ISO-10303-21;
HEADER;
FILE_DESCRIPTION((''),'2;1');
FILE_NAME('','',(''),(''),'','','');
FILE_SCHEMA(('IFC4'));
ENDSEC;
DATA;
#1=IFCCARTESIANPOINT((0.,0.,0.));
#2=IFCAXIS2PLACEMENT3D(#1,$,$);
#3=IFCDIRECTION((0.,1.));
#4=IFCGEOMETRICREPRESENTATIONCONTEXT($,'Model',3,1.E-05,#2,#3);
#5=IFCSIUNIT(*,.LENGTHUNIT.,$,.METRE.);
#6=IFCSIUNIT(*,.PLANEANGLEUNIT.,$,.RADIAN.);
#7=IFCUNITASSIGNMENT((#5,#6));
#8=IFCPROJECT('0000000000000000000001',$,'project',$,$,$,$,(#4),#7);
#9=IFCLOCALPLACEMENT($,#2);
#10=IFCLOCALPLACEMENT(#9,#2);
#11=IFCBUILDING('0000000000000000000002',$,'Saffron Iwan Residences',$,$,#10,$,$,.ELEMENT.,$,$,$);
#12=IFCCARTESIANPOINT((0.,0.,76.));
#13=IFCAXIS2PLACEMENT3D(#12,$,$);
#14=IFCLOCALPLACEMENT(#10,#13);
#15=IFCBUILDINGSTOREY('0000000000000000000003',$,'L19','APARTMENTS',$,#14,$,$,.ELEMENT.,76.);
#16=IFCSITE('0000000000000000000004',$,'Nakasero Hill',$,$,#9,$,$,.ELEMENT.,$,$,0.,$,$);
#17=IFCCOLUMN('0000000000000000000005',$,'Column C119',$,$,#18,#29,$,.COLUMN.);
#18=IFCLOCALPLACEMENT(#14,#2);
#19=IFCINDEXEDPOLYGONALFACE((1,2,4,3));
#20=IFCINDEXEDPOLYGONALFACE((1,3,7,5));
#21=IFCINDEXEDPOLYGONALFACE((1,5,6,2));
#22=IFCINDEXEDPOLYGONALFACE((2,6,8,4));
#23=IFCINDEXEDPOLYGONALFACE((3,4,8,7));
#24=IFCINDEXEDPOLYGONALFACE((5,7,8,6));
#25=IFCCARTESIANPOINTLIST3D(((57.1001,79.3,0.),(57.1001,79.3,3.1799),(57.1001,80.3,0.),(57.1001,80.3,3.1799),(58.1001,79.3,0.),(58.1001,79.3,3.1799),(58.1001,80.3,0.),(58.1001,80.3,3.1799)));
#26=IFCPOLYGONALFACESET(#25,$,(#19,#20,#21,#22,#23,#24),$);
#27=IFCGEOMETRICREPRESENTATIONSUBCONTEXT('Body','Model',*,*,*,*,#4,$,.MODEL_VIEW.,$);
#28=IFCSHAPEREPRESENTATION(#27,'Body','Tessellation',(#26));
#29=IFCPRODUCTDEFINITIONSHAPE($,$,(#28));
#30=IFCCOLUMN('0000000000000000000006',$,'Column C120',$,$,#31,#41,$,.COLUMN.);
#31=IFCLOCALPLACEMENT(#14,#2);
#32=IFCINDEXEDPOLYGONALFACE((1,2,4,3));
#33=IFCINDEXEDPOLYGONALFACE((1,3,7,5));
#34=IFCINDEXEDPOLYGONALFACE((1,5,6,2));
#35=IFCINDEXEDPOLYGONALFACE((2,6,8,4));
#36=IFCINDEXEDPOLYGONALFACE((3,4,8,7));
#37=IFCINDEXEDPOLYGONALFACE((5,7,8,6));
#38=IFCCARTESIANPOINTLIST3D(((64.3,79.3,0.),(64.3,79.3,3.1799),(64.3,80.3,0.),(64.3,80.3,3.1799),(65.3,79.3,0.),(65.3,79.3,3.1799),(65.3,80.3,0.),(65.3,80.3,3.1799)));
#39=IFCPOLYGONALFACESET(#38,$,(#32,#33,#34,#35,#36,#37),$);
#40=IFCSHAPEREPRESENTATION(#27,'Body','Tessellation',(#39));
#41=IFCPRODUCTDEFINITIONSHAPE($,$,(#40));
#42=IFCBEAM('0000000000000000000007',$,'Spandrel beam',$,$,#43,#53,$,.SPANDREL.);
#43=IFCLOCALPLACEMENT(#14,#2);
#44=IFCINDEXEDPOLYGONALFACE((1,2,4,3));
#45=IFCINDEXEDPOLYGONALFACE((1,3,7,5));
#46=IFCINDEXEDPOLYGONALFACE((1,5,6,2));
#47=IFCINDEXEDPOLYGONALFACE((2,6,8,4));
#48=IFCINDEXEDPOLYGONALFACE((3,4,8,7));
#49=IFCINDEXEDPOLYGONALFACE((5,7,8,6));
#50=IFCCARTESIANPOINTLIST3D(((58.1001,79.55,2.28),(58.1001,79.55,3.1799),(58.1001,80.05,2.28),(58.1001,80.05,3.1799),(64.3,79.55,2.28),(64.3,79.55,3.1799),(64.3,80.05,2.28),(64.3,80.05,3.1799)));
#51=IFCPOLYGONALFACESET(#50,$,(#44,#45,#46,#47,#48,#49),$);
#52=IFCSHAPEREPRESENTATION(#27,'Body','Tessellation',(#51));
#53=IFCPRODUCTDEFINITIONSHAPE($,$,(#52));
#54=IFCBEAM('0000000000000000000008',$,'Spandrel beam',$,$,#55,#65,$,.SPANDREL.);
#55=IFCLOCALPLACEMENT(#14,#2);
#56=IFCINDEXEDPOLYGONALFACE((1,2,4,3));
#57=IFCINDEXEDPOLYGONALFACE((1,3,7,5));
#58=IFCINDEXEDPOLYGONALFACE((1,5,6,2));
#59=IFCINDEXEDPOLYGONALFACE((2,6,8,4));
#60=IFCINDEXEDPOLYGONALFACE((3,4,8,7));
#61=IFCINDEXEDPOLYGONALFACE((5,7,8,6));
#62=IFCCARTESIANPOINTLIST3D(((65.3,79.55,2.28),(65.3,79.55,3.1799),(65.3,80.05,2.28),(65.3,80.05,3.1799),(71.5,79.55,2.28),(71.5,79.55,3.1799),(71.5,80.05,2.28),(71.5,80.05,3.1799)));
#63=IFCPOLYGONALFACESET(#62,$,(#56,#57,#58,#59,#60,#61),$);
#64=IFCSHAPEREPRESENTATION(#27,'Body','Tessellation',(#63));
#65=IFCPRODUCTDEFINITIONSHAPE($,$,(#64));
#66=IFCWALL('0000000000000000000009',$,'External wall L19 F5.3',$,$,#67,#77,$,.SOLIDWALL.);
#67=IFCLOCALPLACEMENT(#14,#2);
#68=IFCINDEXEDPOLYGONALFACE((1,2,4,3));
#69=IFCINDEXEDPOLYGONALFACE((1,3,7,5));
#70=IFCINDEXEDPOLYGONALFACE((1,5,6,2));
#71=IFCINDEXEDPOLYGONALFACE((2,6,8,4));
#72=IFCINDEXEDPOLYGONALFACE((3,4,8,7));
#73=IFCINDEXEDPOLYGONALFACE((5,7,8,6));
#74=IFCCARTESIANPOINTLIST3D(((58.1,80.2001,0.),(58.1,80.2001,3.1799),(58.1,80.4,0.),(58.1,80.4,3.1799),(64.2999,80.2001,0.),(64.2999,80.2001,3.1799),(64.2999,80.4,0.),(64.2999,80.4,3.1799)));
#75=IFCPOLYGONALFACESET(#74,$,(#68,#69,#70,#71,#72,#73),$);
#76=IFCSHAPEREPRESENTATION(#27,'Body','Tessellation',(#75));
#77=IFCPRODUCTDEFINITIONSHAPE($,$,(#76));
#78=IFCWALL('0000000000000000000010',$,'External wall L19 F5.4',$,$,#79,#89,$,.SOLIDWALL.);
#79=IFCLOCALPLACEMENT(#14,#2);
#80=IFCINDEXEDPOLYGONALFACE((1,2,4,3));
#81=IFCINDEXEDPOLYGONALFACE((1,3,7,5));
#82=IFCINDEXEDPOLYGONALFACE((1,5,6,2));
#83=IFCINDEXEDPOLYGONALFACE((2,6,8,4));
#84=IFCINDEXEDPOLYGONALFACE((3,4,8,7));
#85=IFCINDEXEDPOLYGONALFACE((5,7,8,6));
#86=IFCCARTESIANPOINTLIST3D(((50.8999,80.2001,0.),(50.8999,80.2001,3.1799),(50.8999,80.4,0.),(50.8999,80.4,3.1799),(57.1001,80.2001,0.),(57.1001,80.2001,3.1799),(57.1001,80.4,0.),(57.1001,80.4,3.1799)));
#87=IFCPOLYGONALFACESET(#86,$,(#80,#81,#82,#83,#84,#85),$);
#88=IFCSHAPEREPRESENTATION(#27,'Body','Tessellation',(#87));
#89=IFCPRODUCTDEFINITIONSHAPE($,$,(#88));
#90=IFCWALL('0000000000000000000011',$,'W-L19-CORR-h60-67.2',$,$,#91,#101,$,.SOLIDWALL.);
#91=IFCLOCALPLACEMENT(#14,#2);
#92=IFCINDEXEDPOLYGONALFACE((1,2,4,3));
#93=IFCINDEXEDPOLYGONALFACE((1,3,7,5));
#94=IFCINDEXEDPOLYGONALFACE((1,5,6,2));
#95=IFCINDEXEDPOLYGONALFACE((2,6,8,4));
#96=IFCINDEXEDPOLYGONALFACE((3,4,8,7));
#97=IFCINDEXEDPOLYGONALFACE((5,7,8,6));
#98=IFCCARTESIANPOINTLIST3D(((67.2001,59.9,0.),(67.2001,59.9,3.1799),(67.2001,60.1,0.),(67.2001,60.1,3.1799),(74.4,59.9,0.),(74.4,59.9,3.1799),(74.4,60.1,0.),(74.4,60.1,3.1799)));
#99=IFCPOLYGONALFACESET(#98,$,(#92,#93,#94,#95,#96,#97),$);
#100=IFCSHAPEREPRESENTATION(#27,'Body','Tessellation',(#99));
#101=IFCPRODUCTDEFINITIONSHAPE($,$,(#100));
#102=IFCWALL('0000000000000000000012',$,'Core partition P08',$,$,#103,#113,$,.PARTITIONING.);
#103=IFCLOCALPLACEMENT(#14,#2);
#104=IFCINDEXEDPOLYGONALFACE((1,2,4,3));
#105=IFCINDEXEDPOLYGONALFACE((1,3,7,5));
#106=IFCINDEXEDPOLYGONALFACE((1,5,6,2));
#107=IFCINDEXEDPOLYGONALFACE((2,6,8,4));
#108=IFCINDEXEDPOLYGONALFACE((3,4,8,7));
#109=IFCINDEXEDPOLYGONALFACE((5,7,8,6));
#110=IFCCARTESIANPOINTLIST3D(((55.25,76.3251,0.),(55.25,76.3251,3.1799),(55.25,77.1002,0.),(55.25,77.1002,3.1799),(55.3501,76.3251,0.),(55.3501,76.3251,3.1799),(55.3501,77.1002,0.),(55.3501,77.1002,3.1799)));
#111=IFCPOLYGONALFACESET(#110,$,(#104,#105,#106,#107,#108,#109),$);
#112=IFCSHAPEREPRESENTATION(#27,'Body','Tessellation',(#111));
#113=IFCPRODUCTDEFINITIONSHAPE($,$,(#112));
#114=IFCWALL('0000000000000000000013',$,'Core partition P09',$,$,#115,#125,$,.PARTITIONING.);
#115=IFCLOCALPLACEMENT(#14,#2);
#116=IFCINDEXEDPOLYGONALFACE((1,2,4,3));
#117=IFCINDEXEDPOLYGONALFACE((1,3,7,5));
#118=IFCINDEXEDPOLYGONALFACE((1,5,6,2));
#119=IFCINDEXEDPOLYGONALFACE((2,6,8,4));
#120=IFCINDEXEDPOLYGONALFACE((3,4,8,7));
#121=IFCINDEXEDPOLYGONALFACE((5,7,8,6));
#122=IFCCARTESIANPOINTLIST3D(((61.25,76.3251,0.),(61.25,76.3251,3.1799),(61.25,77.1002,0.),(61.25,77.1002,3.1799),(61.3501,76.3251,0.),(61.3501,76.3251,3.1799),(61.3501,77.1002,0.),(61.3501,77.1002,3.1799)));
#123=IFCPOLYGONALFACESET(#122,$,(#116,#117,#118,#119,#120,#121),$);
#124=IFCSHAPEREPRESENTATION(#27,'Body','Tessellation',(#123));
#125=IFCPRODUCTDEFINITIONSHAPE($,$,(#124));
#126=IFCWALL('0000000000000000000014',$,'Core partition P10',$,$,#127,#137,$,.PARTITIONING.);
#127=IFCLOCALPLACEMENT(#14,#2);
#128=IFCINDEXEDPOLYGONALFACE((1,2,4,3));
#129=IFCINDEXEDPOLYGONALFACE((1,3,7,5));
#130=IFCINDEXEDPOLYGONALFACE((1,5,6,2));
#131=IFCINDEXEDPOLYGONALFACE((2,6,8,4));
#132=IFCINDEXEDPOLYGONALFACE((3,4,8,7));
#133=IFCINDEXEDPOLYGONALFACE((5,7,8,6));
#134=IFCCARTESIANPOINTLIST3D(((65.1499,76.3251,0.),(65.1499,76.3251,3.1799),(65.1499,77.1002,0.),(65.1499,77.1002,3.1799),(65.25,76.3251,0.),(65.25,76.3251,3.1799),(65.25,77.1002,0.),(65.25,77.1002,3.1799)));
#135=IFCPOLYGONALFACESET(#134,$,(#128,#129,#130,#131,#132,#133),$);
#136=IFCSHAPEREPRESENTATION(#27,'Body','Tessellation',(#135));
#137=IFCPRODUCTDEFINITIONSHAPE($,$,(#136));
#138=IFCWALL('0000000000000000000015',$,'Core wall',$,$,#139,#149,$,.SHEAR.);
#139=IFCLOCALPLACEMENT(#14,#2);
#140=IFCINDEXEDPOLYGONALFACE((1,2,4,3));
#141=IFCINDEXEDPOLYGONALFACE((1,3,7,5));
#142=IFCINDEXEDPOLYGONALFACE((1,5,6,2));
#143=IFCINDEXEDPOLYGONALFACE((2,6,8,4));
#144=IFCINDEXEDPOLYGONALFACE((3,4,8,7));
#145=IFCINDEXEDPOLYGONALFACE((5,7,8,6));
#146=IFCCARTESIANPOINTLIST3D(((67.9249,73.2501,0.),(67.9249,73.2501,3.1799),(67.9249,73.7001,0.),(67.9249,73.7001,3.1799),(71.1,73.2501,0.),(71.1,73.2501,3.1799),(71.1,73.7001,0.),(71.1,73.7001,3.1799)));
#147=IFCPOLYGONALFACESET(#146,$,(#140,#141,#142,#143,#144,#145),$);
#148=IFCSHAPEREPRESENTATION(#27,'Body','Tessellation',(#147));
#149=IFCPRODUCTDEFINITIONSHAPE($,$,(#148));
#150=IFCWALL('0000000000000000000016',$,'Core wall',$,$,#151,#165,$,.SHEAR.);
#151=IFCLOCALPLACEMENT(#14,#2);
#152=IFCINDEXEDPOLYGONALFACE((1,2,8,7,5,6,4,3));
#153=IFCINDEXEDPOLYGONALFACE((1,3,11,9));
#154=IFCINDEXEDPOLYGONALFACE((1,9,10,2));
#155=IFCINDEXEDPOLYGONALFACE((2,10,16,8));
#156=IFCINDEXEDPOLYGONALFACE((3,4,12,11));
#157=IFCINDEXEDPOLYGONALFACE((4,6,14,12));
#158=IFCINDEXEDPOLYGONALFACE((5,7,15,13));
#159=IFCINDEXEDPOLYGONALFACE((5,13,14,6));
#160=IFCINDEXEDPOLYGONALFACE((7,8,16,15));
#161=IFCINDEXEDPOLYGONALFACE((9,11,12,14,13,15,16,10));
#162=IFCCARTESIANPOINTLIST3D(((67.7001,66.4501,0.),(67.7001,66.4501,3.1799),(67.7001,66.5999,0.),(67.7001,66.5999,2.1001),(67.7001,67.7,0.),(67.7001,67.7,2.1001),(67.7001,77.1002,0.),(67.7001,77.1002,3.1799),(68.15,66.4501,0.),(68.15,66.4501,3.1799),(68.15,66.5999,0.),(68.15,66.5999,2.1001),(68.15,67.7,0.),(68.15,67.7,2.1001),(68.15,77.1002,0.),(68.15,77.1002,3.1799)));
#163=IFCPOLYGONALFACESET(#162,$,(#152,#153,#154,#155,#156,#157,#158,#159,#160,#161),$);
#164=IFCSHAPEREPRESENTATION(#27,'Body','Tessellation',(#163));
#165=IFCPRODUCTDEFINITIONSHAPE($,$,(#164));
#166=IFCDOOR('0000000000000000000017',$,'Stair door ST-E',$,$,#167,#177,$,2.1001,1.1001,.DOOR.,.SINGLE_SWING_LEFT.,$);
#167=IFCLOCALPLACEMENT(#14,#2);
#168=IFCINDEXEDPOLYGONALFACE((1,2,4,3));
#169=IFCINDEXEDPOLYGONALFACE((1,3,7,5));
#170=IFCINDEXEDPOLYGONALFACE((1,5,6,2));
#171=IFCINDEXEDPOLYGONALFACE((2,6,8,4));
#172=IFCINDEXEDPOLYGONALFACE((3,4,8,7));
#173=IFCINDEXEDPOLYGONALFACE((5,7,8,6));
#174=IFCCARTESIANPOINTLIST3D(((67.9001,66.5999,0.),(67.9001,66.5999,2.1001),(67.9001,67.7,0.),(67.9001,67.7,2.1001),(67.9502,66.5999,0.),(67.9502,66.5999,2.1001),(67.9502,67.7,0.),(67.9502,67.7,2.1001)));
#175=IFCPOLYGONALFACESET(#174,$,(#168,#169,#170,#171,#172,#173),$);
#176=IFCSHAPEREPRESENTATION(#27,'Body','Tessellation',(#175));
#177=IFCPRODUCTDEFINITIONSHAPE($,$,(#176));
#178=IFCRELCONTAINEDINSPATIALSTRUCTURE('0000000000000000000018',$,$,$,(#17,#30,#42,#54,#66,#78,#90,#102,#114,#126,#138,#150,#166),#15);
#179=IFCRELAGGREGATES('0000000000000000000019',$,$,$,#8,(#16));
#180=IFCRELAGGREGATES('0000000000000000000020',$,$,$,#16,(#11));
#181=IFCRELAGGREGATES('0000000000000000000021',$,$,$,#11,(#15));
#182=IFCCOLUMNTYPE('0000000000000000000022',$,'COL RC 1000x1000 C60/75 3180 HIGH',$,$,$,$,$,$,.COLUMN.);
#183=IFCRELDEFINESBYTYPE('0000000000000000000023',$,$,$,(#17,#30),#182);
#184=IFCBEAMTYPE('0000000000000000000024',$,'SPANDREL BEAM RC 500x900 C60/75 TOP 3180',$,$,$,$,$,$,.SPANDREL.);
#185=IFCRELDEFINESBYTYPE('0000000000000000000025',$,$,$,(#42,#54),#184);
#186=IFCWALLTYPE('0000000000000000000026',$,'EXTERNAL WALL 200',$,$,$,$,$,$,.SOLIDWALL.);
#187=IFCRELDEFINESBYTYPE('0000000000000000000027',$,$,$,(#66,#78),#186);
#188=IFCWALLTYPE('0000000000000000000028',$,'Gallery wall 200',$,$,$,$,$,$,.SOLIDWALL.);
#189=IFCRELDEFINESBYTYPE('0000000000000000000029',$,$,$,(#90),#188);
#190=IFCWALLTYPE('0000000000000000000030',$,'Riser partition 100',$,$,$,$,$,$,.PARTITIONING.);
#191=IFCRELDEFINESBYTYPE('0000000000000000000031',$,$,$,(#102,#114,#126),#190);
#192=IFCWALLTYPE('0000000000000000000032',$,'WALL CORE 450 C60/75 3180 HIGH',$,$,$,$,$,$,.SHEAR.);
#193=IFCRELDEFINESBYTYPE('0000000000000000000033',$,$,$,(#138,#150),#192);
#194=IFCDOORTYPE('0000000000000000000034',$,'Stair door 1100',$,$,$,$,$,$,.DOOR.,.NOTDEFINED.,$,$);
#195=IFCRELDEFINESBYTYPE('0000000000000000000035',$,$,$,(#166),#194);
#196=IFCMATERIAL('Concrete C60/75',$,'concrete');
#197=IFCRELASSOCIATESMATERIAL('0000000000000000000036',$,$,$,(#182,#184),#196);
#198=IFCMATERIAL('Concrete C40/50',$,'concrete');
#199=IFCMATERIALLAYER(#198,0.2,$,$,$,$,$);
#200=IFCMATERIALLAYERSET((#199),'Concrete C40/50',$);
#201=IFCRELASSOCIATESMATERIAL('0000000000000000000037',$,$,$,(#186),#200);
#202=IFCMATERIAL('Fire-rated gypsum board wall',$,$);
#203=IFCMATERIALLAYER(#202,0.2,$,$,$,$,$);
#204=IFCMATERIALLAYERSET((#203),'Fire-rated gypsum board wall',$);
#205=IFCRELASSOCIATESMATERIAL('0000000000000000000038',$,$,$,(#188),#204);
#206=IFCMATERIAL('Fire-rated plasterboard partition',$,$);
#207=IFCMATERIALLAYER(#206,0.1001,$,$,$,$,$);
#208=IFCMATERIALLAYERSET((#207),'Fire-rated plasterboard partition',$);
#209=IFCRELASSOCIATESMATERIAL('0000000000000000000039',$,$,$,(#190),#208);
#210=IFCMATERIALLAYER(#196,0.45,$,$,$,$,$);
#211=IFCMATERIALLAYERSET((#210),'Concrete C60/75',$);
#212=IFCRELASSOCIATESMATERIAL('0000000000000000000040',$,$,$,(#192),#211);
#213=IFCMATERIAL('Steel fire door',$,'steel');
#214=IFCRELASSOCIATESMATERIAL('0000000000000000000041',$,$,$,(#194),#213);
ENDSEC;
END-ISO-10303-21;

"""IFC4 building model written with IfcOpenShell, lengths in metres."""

from ifc_helpers import new_model, si_unit, direction, frame, frame_2d, origin, origin_2d, place, context, subcontext, project, spatial, rectangle, extrude, source, transform, mapped, material, layer, layer_set, material_profile, profile_set, type_object, element, fill, save


model = new_model("IFC4")

# Units and contexts
model_context = context("Model", 3, precision=1e-05, world=origin(), true_north=direction((0.0, 1.0)))
body_context = subcontext(model_context, "Body", "Model", "MODEL_VIEW")
ifc_project = project(units=[si_unit("LENGTHUNIT", "METRE"), si_unit("PLANEANGLEUNIT", "RADIAN")], contexts=[model_context])

# Site, building, storey
site_placement = place(None, origin())
site = spatial("IfcSite", under=ifc_project, at=site_placement, Name="Nakasero Hill", CompositionType="ELEMENT", RefElevation=0.0)
building_placement = place(site_placement, origin())
building = spatial("IfcBuilding", under=site, at=building_placement, Name="Saffron Iwan Residences", CompositionType="ELEMENT")
storey_placement = place(building_placement, frame((0.0, 0.0, 76.0)))
storey = spatial("IfcBuildingStorey", under=building, at=storey_placement, Name="L19", Description="APARTMENTS", CompositionType="ELEMENT", Elevation=76.0)

# Columns
ifc_material_1 = material(Name="Concrete C60/75", Category="concrete")
ifc_material_profile_1 = material_profile(ifc_material_1, rectangle(XDim=1.0, YDim=1.0, at=origin_2d()), Name="RC 1000x1000")
ifc_profile_set_1 = profile_set([ifc_material_profile_1], Name="Concrete C60/75")
column_type = type_object("IfcColumnType", Name="COL RC 1000x1000 C60/75 3180 HIGH", PredefinedType="COLUMN", material=ifc_profile_set_1)
shared_shape_1 = source(origin(), body_context, "Body", "SweptSolid", [
    extrude(rectangle(XDim=1.0, YDim=1.0, at=origin_2d()), origin(), (0.0, 0.0, 1.0), 3.1799),
])
for number, where, z_axis, x_axis, name in (
    (1, (57.6001, 79.8, 0.0), (0.0, 0.0, 1.0), (1.0, 0.0, 0.0), "Column C119"),
    (2, (64.8, 79.8, 0.0), (0.0, 0.0, 1.0), (1.0, 0.0, 0.0), "Column C120"),
):
    element("IfcColumn", number, at=place(storey_placement, frame(where, z_axis=z_axis, x_axis=x_axis)), inside=storey, type_object=column_type, Name=name, PredefinedType="COLUMN", context=body_context, shape_type="MappedRepresentation", body=[
        mapped(shared_shape_1, transform((0.0, 0.0, 0.0))),
    ])

# Beams
ifc_material_profile_2 = material_profile(ifc_material_1, rectangle(XDim=0.5, YDim=0.8999, at=origin_2d()), Name="RC 500x900")
ifc_profile_set_2 = profile_set([ifc_material_profile_2], Name="Concrete C60/75")
beam_type = type_object("IfcBeamType", Name="SPANDREL BEAM RC 500x900 C60/75 TOP 3180", PredefinedType="SPANDREL", material=ifc_profile_set_2)
shared_shape_2 = source(origin(), body_context, "Body", "SweptSolid", [
    extrude(rectangle(XDim=0.5, YDim=0.8999, at=origin_2d()), origin(), (0.0, 0.0, 1.0), 6.2),
])
for number, where, z_axis, x_axis, name in (
    (3, (58.1001, 79.8, 2.73), (1.0, 0.0, 0.0), (0.0, 1.0, 0.0), "Spandrel beam"),
    (4, (65.3, 79.8, 2.73), (1.0, 0.0, 0.0), (0.0, 1.0, 0.0), "Spandrel beam"),
):
    element("IfcBeam", number, at=place(storey_placement, frame(where, z_axis=z_axis, x_axis=x_axis)), inside=storey, type_object=beam_type, Name=name, PredefinedType="SPANDREL", context=body_context, shape_type="MappedRepresentation", body=[
        mapped(shared_shape_2, transform((0.0, 0.0, 0.0))),
    ])

# Walls
ifc_material_2 = material(Name="Concrete C40/50", Category="concrete")
ifc_layer_1 = layer(ifc_material_2, 0.2)
ifc_layer_set_1 = layer_set([ifc_layer_1], Name="Concrete C40/50")
wall_type_1 = type_object("IfcWallType", Name="EXTERNAL WALL 200", PredefinedType="SOLIDWALL", material=ifc_layer_set_1)
wall_1_placement = place(storey_placement, frame((64.3, 80.3, 0.0), z_axis=(0.0, 0.0, 1.0), x_axis=(-1.0, 0.0, 0.0)))
element("IfcWall", 5, at=wall_1_placement, inside=storey, type_object=wall_type_1, Name="External wall L19 F5.3", PredefinedType="SOLIDWALL", context=body_context, shape_type="SweptSolid", body=[
    extrude(rectangle(XDim=6.2, YDim=0.2, at=frame_2d((3.1001, 0.0))), origin(), (0.0, 0.0, 1.0), 3.1799),
])
wall_2_placement = place(storey_placement, frame((57.1001, 80.3, 0.0), z_axis=(0.0, 0.0, 1.0), x_axis=(-1.0, 0.0, 0.0)))
element("IfcWall", 6, at=wall_2_placement, inside=storey, type_object=wall_type_1, Name="External wall L19 F5.4", PredefinedType="SOLIDWALL", context=body_context, shape_type="SweptSolid", body=[
    extrude(rectangle(XDim=6.2002, YDim=0.2, at=frame_2d((3.1001, 0.0))), origin(), (0.0, 0.0, 1.0), 3.1799),
])
ifc_material_3 = material(Name="Fire-rated gypsum board wall")
ifc_layer_2 = layer(ifc_material_3, 0.2)
ifc_layer_set_2 = layer_set([ifc_layer_2], Name="Fire-rated gypsum board wall")
wall_type_2 = type_object("IfcWallType", Name="Gallery wall 200", PredefinedType="SOLIDWALL", material=ifc_layer_set_2)
wall_3_placement = place(storey_placement, frame((67.2, 60.0, 0.0), z_axis=(0.0, 0.0, 1.0), x_axis=(1.0, 0.0, 0.0)))
element("IfcWall", 7, at=wall_3_placement, inside=storey, type_object=wall_type_2, Name="W-L19-CORR-h60-67.2", PredefinedType="SOLIDWALL", context=body_context, shape_type="SweptSolid", body=[
    extrude(rectangle(XDim=7.2, YDim=0.2, at=frame_2d((3.6001, 0.0))), origin(), (0.0, 0.0, 1.0), 3.1799),
])
ifc_material_4 = material(Name="Fire-rated plasterboard partition")
ifc_layer_3 = layer(ifc_material_4, 0.1001)
ifc_layer_set_3 = layer_set([ifc_layer_3], Name="Fire-rated plasterboard partition")
wall_type_3 = type_object("IfcWallType", Name="Riser partition 100", PredefinedType="PARTITIONING", material=ifc_layer_set_3)
for number, where, z_axis, x_axis, name in (
    (8, (55.3, 76.325, 0.0), (0.0, 0.0, 1.0), (0.0, 1.0, 0.0), "Core partition P08"),
    (9, (61.3, 76.325, 0.0), (0.0, 0.0, 1.0), (0.0, 1.0, 0.0), "Core partition P09"),
    (10, (65.2, 76.325, 0.0), (0.0, 0.0, 1.0), (0.0, 1.0, 0.0), "Core partition P10"),
):
    element("IfcWall", number, at=place(storey_placement, frame(where, z_axis=z_axis, x_axis=x_axis)), inside=storey, type_object=wall_type_3, Name=name, PredefinedType="PARTITIONING", context=body_context, shape_type="SweptSolid", body=[
        extrude(rectangle(XDim=0.7751, YDim=0.1001, at=frame_2d((0.3877, 0.0))), origin(), (0.0, 0.0, 1.0), 3.1799),
    ])
ifc_layer_4 = layer(ifc_material_1, 0.45)
ifc_layer_set_4 = layer_set([ifc_layer_4], Name="Concrete C60/75")
wall_type_4 = type_object("IfcWallType", Name="WALL CORE 450 C60/75 3180 HIGH", PredefinedType="SHEAR", material=ifc_layer_set_4)
wall_4_placement = place(storey_placement, frame((67.925, 73.4751, 0.0), z_axis=(0.0, 0.0, 1.0), x_axis=(1.0, 0.0, 0.0)))
element("IfcWall", 11, at=wall_4_placement, inside=storey, type_object=wall_type_4, Name="Core wall", PredefinedType="SHEAR", context=body_context, shape_type="SweptSolid", body=[
    extrude(rectangle(XDim=3.175, YDim=0.45, at=frame_2d((1.5874, 0.0))), origin(), (0.0, 0.0, 1.0), 3.1799),
])

# Wall, opening, door
wall_5_placement = place(storey_placement, frame((67.925, 66.45, 0.0), z_axis=(0.0, 0.0, 1.0), x_axis=(0.0, 1.0, 0.0)))
wall_5 = element("IfcWall", 12, at=wall_5_placement, inside=storey, type_object=wall_type_4, Name="Core wall", PredefinedType="SHEAR", context=body_context, shape_type="SweptSolid", body=[
    extrude(rectangle(XDim=10.6501, YDim=0.45, at=frame_2d((5.3252, 0.0))), origin(), (0.0, 0.0, 1.0), 3.1799),
])
opening_1_placement = place(wall_5_placement, frame((0.1499, 0.0, 0.0)))
opening_1 = element("IfcOpeningElement", 13, at=opening_1_placement, cuts=wall_5, PredefinedType="OPENING", context=body_context, shape_type="SweptSolid", body=[
    extrude(rectangle(XDim=1.1001, YDim=2.1001, at=frame_2d((0.55, 1.05))), frame((0.0, 0.2349, 0.0), z_axis=(0.0, -1.0, 0.0), x_axis=(1.0, 0.0, 0.0)), (0.0, 0.0, 1.0), 0.47),
])
ifc_material_5 = material(Name="Steel fire door", Category="steel")
door_type_1 = type_object("IfcDoorType", Name="Stair door 1100", OperationType="NOTDEFINED", PredefinedType="DOOR", material=ifc_material_5)
door_1_placement = place(opening_1_placement, origin())
door_1 = element("IfcDoor", 14, at=door_1_placement, inside=storey, type_object=door_type_1, Name="Stair door ST-E", OperationType="SINGLE_SWING_LEFT", OverallHeight=2.1001, OverallWidth=1.1001, PredefinedType="DOOR", context=body_context, shape_type="SweptSolid", body=[
    extrude(rectangle(XDim=1.1001, YDim=2.1001, at=frame_2d((0.55, 1.05))), frame((0.0, 0.0249, 0.0), z_axis=(0.0, -1.0, 0.0), x_axis=(1.0, 0.0, 0.0)), (0.0, 0.0, 1.0), 0.05),
])
fill(opening_1, door_1)

save(model, "model.ifc")
